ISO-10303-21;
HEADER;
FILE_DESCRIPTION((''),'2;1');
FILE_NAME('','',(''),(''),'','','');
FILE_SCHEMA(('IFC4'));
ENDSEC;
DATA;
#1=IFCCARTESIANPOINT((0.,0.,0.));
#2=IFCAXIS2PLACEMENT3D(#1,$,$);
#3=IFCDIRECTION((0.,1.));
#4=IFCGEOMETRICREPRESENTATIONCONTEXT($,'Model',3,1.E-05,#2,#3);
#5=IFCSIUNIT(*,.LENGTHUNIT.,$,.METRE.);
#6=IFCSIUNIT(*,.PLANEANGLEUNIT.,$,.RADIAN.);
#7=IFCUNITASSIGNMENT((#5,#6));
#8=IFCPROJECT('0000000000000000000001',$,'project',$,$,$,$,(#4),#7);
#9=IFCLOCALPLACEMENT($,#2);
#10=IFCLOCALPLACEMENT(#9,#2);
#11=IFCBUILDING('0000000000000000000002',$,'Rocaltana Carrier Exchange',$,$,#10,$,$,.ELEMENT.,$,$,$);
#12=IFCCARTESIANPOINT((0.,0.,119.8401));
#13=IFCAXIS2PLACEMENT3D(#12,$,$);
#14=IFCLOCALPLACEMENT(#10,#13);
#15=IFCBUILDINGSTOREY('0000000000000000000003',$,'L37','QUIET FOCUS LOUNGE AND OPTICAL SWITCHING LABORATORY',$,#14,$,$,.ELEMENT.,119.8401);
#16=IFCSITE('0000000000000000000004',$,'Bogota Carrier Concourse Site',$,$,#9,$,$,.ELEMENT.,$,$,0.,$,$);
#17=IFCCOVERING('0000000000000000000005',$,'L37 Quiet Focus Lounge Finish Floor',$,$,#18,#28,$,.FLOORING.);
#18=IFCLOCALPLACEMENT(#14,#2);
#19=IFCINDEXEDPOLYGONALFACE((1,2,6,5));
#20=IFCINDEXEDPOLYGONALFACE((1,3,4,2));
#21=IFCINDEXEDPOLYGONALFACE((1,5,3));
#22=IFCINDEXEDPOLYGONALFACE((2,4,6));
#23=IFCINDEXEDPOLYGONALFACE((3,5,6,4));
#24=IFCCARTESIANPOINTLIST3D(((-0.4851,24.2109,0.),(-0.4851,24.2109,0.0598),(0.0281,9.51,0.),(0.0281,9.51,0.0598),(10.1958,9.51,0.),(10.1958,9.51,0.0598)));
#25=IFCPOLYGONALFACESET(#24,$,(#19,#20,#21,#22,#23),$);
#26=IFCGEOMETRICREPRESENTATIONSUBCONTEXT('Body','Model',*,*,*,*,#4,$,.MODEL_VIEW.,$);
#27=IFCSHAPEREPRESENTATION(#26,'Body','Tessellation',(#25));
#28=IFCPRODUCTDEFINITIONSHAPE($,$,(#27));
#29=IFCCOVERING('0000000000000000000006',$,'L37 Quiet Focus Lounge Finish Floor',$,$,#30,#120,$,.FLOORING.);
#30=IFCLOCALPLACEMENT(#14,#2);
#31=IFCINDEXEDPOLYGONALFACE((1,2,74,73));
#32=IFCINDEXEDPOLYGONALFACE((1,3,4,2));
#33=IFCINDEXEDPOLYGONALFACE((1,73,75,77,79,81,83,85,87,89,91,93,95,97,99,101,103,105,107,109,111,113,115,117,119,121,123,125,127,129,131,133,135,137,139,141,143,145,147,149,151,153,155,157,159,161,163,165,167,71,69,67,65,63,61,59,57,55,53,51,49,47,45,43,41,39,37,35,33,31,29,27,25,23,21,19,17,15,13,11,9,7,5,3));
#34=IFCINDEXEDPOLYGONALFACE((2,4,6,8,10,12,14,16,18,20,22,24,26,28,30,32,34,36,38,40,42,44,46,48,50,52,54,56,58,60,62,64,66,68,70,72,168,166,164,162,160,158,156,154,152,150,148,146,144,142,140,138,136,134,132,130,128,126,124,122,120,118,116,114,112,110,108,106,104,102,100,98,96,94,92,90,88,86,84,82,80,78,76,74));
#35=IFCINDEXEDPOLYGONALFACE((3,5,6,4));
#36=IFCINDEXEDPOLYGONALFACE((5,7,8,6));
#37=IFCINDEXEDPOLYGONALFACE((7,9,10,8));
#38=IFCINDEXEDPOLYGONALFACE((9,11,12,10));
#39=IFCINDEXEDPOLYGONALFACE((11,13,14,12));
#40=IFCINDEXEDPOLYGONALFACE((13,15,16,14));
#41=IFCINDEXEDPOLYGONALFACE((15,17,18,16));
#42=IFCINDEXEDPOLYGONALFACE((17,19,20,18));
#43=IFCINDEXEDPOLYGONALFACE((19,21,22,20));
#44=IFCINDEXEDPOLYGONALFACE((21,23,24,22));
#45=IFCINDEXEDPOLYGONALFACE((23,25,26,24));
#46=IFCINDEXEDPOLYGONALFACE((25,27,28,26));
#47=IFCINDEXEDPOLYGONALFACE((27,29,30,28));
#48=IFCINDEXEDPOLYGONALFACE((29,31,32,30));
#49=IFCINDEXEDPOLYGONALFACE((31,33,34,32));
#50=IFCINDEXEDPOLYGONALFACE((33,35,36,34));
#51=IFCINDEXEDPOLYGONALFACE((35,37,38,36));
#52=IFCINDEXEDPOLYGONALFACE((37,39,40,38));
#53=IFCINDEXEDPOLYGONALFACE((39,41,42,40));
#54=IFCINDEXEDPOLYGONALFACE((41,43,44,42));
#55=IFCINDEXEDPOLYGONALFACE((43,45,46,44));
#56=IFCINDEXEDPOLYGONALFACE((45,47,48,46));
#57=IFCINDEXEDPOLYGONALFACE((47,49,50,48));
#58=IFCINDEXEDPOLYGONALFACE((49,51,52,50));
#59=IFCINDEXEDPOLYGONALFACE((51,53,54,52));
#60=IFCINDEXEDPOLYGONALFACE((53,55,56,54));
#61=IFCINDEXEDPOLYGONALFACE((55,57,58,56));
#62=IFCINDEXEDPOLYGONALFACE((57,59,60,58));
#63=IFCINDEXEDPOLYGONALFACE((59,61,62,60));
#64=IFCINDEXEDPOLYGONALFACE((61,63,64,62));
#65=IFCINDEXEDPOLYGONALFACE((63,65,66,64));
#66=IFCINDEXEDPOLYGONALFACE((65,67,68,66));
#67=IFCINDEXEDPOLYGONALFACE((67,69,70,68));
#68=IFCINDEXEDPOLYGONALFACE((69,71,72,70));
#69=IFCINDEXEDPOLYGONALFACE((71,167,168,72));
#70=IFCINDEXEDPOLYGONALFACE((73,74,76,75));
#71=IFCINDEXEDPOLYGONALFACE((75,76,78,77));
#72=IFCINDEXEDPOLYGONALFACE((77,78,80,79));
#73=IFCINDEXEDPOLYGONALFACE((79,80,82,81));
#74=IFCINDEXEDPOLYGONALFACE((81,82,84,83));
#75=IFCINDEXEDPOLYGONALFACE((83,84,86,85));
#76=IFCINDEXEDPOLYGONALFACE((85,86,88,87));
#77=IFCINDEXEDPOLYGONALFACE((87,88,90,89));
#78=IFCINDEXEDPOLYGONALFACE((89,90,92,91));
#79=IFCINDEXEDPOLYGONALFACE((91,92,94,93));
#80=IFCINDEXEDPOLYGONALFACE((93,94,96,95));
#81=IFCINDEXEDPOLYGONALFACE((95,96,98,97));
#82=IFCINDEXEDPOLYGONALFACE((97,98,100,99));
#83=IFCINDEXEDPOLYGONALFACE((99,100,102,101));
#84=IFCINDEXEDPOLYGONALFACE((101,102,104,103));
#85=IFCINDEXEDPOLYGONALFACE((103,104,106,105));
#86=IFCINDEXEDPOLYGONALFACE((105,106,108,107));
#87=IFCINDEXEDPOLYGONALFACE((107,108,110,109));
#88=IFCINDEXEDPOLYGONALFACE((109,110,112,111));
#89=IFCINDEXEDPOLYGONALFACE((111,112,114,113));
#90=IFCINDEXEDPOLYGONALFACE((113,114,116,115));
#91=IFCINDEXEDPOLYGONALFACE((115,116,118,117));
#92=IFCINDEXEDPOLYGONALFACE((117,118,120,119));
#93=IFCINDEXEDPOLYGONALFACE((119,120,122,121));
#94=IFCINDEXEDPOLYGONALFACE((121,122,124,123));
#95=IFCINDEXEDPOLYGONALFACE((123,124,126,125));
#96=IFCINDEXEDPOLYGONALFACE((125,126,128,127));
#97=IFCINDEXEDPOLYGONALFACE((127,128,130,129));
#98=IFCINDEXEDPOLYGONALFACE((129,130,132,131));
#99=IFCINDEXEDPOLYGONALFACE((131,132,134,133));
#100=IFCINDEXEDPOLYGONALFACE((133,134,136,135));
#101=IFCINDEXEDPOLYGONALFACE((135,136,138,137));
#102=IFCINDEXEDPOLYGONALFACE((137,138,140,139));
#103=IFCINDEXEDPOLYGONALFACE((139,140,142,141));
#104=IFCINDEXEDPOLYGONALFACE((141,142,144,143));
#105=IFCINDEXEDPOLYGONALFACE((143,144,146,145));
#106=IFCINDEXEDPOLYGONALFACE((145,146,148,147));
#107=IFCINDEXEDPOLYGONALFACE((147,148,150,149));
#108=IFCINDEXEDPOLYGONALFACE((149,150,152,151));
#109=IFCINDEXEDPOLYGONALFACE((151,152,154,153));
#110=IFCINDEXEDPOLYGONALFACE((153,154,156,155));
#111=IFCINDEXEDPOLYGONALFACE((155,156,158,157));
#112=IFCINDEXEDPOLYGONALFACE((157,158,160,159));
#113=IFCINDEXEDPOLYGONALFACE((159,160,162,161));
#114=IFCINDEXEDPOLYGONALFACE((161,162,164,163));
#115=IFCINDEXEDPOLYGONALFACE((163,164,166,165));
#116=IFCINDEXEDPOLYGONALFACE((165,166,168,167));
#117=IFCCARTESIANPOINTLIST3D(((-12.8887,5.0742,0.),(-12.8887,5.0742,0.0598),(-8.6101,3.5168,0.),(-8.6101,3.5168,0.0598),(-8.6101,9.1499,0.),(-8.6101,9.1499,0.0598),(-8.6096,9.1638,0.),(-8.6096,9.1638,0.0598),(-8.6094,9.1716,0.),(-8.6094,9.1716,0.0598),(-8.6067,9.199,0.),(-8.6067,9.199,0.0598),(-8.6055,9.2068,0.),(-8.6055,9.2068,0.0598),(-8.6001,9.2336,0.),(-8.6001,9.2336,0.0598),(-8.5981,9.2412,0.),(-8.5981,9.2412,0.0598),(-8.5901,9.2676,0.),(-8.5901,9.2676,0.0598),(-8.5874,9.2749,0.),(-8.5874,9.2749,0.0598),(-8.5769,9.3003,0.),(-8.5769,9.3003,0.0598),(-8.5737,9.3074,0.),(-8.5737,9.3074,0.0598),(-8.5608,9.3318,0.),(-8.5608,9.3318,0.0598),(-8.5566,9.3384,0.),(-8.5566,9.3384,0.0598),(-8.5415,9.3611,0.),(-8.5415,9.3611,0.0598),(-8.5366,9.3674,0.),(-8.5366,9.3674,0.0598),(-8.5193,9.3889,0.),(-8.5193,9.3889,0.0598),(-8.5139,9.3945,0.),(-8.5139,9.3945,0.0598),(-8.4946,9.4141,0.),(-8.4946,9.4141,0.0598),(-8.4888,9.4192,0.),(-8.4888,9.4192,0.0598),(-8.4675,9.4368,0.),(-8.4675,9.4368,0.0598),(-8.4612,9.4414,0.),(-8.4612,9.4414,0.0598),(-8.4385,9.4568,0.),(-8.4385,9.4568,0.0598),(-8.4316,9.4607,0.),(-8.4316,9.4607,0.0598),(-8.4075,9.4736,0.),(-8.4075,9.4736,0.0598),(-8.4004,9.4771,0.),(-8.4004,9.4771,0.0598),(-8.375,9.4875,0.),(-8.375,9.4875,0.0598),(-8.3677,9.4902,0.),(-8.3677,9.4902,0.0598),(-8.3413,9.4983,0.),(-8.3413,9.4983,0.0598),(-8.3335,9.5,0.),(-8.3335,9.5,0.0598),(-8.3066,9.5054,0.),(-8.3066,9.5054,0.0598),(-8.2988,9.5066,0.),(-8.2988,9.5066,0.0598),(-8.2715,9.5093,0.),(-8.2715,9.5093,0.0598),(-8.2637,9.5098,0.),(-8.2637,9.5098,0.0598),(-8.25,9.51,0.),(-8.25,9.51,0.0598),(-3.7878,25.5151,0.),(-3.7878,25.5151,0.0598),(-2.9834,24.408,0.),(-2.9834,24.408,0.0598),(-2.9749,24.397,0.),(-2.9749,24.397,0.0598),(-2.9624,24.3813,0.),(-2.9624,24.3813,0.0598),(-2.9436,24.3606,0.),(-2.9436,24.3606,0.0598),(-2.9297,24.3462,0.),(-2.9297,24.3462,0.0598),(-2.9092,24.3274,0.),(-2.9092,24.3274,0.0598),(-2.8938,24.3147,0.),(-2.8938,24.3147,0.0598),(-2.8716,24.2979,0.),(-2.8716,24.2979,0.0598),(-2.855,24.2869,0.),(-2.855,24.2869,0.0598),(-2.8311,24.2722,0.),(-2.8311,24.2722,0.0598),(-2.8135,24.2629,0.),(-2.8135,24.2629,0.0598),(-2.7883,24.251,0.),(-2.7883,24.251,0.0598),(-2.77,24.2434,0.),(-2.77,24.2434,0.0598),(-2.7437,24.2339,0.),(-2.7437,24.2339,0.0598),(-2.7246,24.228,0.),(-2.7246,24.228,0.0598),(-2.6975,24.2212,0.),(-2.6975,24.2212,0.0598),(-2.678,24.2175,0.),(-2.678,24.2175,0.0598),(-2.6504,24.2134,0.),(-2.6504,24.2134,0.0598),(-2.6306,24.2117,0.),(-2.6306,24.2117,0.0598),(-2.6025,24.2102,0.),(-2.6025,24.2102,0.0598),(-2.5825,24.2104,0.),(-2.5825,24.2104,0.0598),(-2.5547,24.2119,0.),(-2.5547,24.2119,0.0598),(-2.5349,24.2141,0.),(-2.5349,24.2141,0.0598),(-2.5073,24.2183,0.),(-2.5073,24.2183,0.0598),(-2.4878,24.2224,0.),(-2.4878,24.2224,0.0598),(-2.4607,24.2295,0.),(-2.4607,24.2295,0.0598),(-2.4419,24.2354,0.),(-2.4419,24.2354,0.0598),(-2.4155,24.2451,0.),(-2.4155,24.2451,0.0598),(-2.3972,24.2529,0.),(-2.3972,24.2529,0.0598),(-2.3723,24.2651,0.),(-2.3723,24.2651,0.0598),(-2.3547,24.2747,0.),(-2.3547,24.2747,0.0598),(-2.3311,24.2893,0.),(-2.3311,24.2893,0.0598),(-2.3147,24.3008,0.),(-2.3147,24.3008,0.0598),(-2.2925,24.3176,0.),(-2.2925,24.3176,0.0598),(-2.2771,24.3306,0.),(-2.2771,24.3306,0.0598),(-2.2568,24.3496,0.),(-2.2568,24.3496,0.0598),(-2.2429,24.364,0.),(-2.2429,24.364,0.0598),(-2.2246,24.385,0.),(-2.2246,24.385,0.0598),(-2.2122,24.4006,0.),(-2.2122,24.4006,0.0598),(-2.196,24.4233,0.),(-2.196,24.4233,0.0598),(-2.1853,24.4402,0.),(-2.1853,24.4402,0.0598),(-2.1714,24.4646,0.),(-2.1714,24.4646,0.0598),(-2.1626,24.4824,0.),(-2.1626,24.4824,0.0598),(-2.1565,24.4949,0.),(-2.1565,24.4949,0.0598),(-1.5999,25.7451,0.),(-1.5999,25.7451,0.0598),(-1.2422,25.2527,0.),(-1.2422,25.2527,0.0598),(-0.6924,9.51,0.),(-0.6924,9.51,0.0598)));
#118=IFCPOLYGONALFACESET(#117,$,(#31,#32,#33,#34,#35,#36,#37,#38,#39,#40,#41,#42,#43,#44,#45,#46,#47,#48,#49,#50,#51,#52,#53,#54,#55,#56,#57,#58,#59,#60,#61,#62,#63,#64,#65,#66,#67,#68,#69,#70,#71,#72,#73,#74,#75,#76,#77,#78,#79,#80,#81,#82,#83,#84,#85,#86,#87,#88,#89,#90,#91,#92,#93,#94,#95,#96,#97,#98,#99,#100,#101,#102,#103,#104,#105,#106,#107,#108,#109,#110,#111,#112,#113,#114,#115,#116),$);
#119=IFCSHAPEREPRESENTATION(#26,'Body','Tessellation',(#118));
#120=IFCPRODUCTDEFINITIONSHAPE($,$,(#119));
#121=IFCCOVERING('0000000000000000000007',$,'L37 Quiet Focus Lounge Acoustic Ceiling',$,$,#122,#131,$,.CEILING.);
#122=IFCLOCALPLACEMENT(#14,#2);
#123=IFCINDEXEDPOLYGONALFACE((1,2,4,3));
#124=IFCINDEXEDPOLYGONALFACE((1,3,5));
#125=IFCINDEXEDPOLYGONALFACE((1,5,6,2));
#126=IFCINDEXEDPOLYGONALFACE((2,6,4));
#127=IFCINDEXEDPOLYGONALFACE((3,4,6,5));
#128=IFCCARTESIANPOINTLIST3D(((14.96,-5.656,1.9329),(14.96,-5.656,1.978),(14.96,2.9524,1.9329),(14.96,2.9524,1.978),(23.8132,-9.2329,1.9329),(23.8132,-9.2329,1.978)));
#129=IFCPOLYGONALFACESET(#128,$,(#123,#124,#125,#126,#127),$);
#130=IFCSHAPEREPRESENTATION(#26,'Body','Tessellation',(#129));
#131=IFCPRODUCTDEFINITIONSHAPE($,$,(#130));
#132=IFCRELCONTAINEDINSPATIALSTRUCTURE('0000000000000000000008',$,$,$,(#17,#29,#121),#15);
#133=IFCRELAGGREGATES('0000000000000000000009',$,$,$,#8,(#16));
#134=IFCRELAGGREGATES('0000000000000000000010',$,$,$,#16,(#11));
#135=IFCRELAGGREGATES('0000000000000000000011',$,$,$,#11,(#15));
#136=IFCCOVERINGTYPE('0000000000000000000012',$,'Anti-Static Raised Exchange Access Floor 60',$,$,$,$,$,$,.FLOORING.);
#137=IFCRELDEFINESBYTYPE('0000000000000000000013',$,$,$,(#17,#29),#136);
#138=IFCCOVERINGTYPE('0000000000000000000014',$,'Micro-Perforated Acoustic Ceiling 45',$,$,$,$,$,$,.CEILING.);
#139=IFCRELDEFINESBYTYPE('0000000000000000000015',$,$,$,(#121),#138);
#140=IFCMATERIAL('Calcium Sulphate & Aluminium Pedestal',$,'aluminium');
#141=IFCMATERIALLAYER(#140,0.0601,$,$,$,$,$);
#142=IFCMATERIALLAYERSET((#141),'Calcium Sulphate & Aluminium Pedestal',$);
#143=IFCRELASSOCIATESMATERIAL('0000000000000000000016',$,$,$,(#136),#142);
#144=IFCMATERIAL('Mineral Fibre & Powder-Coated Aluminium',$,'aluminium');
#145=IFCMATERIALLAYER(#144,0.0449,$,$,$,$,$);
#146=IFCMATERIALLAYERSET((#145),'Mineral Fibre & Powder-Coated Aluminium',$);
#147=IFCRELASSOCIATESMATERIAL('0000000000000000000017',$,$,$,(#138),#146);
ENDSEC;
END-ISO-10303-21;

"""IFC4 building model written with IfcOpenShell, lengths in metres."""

from ifc_helpers import new_model, si_unit, direction, frame, origin, place, context, subcontext, project, spatial, polyline, outline, extrude, material, layer, layer_set, type_object, element, save


model = new_model("IFC4")

# Units and contexts
model_context = context("Model", 3, precision=1e-05, world=origin(), true_north=direction((0.0, 1.0)))
body_context = subcontext(model_context, "Body", "Model", "MODEL_VIEW")
ifc_project = project(units=[si_unit("LENGTHUNIT", "METRE"), si_unit("PLANEANGLEUNIT", "RADIAN")], contexts=[model_context])

# Site, building, storey
site_placement = place(None, origin())
site = spatial("IfcSite", under=ifc_project, at=site_placement, Name="Bogota Carrier Concourse Site", CompositionType="ELEMENT", RefElevation=0.0)
building_placement = place(site_placement, origin())
building = spatial("IfcBuilding", under=site, at=building_placement, Name="Rocaltana Carrier Exchange", CompositionType="ELEMENT")
storey_placement = place(building_placement, frame((0.0, 0.0, 119.8401)))
storey = spatial("IfcBuildingStorey", under=building, at=storey_placement, Name="L37", Description="QUIET FOCUS LOUNGE AND OPTICAL SWITCHING LABORATORY", CompositionType="ELEMENT", Elevation=119.8401)

# Coverings
ifc_material_1 = material(Name="Calcium Sulphate & Aluminium Pedestal", Category="aluminium")
ifc_layer_1 = layer(ifc_material_1, 0.0601)
ifc_layer_set_1 = layer_set([ifc_layer_1], Name="Calcium Sulphate & Aluminium Pedestal")
covering_type_1 = type_object("IfcCoveringType", Name="Anti-Static Raised Exchange Access Floor 60", PredefinedType="FLOORING", material=ifc_layer_set_1)
covering_1_placement = place(storey_placement, origin())
element("IfcCovering", 1, at=covering_1_placement, inside=storey, type_object=covering_type_1, Name="L37 Quiet Focus Lounge Finish Floor", PredefinedType="FLOORING", context=body_context, shape_type="SweptSolid", body=[
    extrude(outline(polyline([(10.1958, 9.51), (0.0281, 9.51), (-0.4851, 24.2109), (10.1958, 9.51)])), origin(), (0.0, 0.0, 1.0), 0.0598),
])
covering_2_placement = place(storey_placement, origin())
element("IfcCovering", 2, at=covering_2_placement, inside=storey, type_object=covering_type_1, Name="L37 Quiet Focus Lounge Finish Floor", PredefinedType="FLOORING", context=body_context, shape_type="SweptSolid", body=[
    extrude(outline(polyline([(-3.7878, 25.5151), (-2.9834, 24.408), (-2.9749, 24.397), (-2.9624, 24.3813), (-2.9436, 24.3606), (-2.9297, 24.3462), (-2.9092, 24.3274), (-2.8938, 24.3147), (-2.8716, 24.2979), (-2.855, 24.2869), (-2.8311, 24.2722), (-2.8135, 24.2629), (-2.7883, 24.251), (-2.77, 24.2434), (-2.7437, 24.2339), (-2.7246, 24.228), (-2.6975, 24.2212), (-2.678, 24.2175), (-2.6504, 24.2134), (-2.6306, 24.2117), (-2.6025, 24.2102), (-2.5825, 24.2104), (-2.5547, 24.2119), (-2.5349, 24.2141), (-2.5073, 24.2183), (-2.4878, 24.2224), (-2.4607, 24.2295), (-2.4419, 24.2354), (-2.4155, 24.2451), (-2.3972, 24.2529), (-2.3723, 24.2651), (-2.3547, 24.2747), (-2.3311, 24.2893), (-2.3147, 24.3008), (-2.2925, 24.3176), (-2.2771, 24.3306), (-2.2568, 24.3496), (-2.2429, 24.364), (-2.2246, 24.385), (-2.2122, 24.4006), (-2.196, 24.4233), (-2.1853, 24.4402), (-2.1714, 24.4646), (-2.1626, 24.4824), (-2.1565, 24.4949), (-1.5999, 25.7451), (-1.2422, 25.2527), (-0.6924, 9.51), (-8.25, 9.51), (-8.2637, 9.5098), (-8.2715, 9.5093), (-8.2988, 9.5066), (-8.3066, 9.5054), (-8.3335, 9.5), (-8.3413, 9.4983), (-8.3677, 9.4902), (-8.375, 9.4875), (-8.4004, 9.4771), (-8.4075, 9.4736), (-8.4316, 9.4607), (-8.4385, 9.4568), (-8.4612, 9.4414), (-8.4675, 9.4368), (-8.4888, 9.4192), (-8.4946, 9.4141), (-8.5139, 9.3945), (-8.5193, 9.3889), (-8.5366, 9.3674), (-8.5415, 9.3611), (-8.5566, 9.3384), (-8.5608, 9.3318), (-8.5737, 9.3074), (-8.5769, 9.3003), (-8.5874, 9.2749), (-8.5901, 9.2676), (-8.5981, 9.2412), (-8.6001, 9.2336), (-8.6055, 9.2068), (-8.6067, 9.199), (-8.6094, 9.1716), (-8.6096, 9.1638), (-8.6101, 9.1499), (-8.6101, 3.5168), (-12.8887, 5.0742), (-3.7878, 25.5151)])), origin(), (0.0, 0.0, 1.0), 0.0598),
])
ifc_material_2 = material(Name="Mineral Fibre & Powder-Coated Aluminium", Category="aluminium")
ifc_layer_2 = layer(ifc_material_2, 0.0449)
ifc_layer_set_2 = layer_set([ifc_layer_2], Name="Mineral Fibre & Powder-Coated Aluminium")
covering_type_2 = type_object("IfcCoveringType", Name="Micro-Perforated Acoustic Ceiling 45", PredefinedType="CEILING", material=ifc_layer_set_2)
covering_3_placement = place(storey_placement, frame((0.0, 0.0, 1.9329)))
element("IfcCovering", 3, at=covering_3_placement, inside=storey, type_object=covering_type_2, Name="L37 Quiet Focus Lounge Acoustic Ceiling", PredefinedType="CEILING", context=body_context, shape_type="SweptSolid", body=[
    extrude(outline(polyline([(14.96, 2.9524), (23.8132, -9.2329), (14.96, -5.656), (14.96, 2.9524)])), origin(), (0.0, 0.0, 1.0), 0.0452),
])

save(model, "model.ifc")
